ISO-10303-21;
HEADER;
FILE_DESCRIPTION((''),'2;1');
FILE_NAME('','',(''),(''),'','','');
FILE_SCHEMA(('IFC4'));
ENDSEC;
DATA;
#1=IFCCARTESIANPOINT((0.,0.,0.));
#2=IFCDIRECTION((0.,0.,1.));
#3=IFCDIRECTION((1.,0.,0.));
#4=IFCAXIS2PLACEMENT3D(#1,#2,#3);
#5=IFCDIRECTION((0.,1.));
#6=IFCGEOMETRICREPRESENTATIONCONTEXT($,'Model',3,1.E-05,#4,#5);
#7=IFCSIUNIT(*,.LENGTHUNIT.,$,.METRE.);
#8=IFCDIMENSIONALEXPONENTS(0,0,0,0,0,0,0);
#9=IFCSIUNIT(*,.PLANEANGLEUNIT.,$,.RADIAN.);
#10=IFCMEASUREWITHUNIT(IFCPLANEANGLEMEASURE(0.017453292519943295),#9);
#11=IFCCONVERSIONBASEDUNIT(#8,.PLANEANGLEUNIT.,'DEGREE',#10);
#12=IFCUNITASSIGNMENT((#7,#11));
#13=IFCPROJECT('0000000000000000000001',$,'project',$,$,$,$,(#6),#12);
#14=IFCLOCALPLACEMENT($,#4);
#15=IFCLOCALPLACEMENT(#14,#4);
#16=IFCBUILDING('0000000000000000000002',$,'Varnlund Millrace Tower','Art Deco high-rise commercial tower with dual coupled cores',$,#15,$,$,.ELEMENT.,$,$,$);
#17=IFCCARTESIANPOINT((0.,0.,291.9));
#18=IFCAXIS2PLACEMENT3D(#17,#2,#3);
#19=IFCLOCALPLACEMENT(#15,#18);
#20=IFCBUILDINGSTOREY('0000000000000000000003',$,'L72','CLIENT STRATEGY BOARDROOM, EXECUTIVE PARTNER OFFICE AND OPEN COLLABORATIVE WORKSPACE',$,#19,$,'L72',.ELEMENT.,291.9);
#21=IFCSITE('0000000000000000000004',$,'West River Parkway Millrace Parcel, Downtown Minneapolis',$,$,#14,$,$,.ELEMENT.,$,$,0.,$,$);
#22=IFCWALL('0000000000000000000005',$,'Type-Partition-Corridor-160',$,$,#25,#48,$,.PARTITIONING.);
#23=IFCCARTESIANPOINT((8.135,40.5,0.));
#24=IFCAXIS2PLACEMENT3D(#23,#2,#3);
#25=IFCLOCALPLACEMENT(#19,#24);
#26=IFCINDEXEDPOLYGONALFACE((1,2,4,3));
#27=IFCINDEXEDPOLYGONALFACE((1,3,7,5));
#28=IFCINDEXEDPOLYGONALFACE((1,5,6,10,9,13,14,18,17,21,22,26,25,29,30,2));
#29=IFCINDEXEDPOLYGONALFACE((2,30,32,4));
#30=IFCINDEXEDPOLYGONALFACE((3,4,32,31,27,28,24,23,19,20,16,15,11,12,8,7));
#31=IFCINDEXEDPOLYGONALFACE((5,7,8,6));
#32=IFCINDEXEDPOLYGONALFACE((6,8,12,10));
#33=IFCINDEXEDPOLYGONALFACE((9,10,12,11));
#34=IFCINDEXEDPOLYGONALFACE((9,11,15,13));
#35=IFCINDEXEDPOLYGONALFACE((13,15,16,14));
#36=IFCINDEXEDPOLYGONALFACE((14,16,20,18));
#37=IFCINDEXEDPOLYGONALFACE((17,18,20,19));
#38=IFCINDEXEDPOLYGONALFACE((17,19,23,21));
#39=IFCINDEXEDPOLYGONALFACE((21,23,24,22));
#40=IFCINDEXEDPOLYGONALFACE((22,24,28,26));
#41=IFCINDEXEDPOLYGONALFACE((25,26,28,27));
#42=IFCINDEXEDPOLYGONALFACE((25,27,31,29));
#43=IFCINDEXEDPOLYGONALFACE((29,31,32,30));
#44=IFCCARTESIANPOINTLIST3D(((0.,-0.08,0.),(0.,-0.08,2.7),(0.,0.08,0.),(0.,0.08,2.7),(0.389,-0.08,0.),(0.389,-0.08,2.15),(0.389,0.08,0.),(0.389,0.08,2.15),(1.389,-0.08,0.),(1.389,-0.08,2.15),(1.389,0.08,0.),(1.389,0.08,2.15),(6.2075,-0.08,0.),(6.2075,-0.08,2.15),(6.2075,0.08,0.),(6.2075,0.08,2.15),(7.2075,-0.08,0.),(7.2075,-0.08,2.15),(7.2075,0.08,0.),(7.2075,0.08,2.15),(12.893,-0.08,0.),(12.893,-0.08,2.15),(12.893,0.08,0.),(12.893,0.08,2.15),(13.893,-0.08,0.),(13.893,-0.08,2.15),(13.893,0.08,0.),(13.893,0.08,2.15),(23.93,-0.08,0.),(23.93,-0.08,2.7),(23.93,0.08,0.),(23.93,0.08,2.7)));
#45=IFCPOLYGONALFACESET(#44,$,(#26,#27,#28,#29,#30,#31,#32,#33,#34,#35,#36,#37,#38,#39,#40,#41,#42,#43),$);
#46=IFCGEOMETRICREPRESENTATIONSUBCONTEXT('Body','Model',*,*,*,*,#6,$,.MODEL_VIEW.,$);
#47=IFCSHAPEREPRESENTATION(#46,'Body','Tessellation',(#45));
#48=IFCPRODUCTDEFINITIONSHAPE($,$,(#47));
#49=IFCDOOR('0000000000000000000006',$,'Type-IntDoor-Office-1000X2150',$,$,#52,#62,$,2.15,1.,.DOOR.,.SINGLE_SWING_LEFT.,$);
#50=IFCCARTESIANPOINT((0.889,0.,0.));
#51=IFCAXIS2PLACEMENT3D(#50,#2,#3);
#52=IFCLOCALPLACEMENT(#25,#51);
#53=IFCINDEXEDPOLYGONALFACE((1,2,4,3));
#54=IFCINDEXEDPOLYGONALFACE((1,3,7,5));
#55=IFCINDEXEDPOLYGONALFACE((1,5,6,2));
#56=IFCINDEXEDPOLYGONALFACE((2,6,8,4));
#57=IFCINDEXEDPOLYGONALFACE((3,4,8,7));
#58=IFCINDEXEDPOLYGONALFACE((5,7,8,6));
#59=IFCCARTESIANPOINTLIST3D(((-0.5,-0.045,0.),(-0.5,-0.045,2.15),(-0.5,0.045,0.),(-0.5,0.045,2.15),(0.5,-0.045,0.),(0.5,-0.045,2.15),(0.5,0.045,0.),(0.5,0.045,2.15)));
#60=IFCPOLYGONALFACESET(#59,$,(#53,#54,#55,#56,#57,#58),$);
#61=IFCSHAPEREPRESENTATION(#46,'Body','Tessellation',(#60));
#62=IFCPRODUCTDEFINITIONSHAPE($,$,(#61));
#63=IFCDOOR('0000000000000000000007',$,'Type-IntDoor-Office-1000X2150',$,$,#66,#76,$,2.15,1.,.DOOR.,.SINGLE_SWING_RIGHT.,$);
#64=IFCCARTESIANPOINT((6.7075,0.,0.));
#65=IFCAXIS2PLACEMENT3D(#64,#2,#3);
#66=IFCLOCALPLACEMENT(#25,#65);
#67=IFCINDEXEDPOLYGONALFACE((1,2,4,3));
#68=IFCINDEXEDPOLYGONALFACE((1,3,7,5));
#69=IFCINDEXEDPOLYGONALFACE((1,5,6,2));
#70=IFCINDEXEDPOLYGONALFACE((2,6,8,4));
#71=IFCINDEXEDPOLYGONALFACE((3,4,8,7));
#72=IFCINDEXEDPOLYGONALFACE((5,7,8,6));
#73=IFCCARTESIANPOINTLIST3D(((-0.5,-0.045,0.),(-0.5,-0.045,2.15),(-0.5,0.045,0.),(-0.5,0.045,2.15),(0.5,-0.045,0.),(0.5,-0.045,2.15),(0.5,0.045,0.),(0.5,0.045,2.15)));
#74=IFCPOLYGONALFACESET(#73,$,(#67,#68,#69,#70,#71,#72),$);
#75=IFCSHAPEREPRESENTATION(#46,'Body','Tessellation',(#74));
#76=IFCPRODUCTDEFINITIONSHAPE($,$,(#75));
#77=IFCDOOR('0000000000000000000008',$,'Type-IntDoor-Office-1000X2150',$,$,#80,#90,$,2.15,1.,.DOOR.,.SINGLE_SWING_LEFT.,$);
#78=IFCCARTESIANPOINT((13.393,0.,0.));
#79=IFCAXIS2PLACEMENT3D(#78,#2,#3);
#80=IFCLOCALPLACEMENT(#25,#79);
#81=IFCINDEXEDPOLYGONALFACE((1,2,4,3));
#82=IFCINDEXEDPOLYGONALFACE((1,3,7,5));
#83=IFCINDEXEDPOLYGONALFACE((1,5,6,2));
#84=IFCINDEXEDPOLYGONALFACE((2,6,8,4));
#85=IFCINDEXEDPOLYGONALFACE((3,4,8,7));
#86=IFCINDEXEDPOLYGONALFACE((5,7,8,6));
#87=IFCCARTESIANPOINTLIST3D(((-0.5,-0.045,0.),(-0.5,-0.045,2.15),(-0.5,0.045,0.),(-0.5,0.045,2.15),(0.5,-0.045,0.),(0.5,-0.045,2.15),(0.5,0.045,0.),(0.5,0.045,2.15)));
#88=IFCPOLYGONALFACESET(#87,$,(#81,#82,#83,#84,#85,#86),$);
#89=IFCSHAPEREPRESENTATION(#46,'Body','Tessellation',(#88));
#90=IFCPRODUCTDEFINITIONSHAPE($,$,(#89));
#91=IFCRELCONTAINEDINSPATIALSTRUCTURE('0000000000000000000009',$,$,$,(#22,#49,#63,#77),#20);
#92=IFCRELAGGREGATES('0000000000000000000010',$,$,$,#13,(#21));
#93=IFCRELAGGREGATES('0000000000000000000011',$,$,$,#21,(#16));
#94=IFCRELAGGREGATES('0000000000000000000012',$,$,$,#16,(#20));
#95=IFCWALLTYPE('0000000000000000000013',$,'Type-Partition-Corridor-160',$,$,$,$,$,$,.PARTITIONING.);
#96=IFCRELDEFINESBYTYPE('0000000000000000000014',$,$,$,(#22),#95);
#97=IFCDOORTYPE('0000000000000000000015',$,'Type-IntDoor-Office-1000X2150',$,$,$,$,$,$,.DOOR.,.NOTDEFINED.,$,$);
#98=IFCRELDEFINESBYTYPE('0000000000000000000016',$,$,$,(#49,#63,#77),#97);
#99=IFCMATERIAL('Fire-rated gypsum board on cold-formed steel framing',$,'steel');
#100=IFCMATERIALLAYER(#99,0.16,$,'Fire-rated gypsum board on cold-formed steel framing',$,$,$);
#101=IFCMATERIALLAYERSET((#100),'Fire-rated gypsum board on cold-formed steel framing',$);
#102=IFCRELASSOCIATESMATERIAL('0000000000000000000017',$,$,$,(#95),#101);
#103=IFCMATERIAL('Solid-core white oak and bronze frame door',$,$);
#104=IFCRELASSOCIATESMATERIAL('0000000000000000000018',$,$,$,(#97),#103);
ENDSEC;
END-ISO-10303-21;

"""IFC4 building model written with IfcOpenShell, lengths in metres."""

from ifc_helpers import new_model, entity, si_unit, converted_unit, direction, frame, origin_with_axes, origin_2d_with_axis, place, context, subcontext, project, spatial, polyline, rectangle, outline, extrude, material, layer, layer_set, type_object, element, fill, save


model = new_model("IFC4")

# Units and contexts
model_context = context("Model", 3, precision=1e-05, world=origin_with_axes(), true_north=direction((0.0, 1.0)))
body_context = subcontext(model_context, "Body", "Model", "MODEL_VIEW")
ifc_project = project(units=[si_unit("LENGTHUNIT", "METRE"), converted_unit("PLANEANGLEUNIT", "DEGREE", entity("IfcPlaneAngleMeasure", 0.017453292519943295), si_unit("PLANEANGLEUNIT", "RADIAN"), dimensions=[0, 0, 0, 0, 0, 0, 0])], contexts=[model_context])

# Site, building, storey
site_placement = place(None, origin_with_axes())
site = spatial("IfcSite", under=ifc_project, at=site_placement, Name="West River Parkway Millrace Parcel, Downtown Minneapolis", CompositionType="ELEMENT", RefElevation=0.0)
building_placement = place(site_placement, origin_with_axes())
building = spatial("IfcBuilding", under=site, at=building_placement, Name="Varnlund Millrace Tower", Description="Art Deco high-rise commercial tower with dual coupled cores", CompositionType="ELEMENT")
storey_placement = place(building_placement, frame((0.0, 0.0, 291.9), z_axis=(0.0, 0.0, 1.0), x_axis=(1.0, 0.0, 0.0)))
storey = spatial("IfcBuildingStorey", under=building, at=storey_placement, Name="L72", Description="CLIENT STRATEGY BOARDROOM, EXECUTIVE PARTNER OFFICE AND OPEN COLLABORATIVE WORKSPACE", LongName="L72", CompositionType="ELEMENT", Elevation=291.9)

# Wall, openings, doors
ifc_material_1 = material(Name="Fire-rated gypsum board on cold-formed steel framing", Category="steel")
ifc_layer_1 = layer(ifc_material_1, 0.16, Name="Fire-rated gypsum board on cold-formed steel framing")
ifc_layer_set_1 = layer_set([ifc_layer_1], Name="Fire-rated gypsum board on cold-formed steel framing")
wall_type_1 = type_object("IfcWallType", Name="Type-Partition-Corridor-160", PredefinedType="PARTITIONING", material=ifc_layer_set_1)
wall_1_placement = place(storey_placement, frame((8.135, 40.5, 0.0), z_axis=(0.0, 0.0, 1.0), x_axis=(1.0, 0.0, 0.0)))
wall_1 = element("IfcWall", 1, at=wall_1_placement, inside=storey, type_object=wall_type_1, Name="Type-Partition-Corridor-160", PredefinedType="PARTITIONING", context=body_context, shape_type="SweptSolid", body=[
    extrude(outline(polyline([(0.0, -0.08), (23.93, -0.08), (23.93, 0.08), (0.0, 0.08), (0.0, -0.08)])), origin_with_axes(), (0.0, 0.0, 1.0), 2.7),
])
opening_1_placement = place(wall_1_placement, frame((0.889, 0.0, 0.0), z_axis=(0.0, 0.0, 1.0), x_axis=(1.0, 0.0, 0.0)))
opening_1 = element("IfcOpeningElement", 2, at=opening_1_placement, cuts=wall_1, PredefinedType="OPENING", context=body_context, shape_type="SweptSolid", body=[
    extrude(rectangle(XDim=1.0, YDim=0.18, at=origin_2d_with_axis()), origin_with_axes(), (0.0, 0.0, 1.0), 2.15),
])
opening_2_placement = place(wall_1_placement, frame((6.7075, 0.0, 0.0), z_axis=(0.0, 0.0, 1.0), x_axis=(1.0, 0.0, 0.0)))
opening_2 = element("IfcOpeningElement", 3, at=opening_2_placement, cuts=wall_1, PredefinedType="OPENING", context=body_context, shape_type="SweptSolid", body=[
    extrude(rectangle(XDim=1.0, YDim=0.18, at=origin_2d_with_axis()), origin_with_axes(), (0.0, 0.0, 1.0), 2.15),
])
opening_3_placement = place(wall_1_placement, frame((13.393, 0.0, 0.0), z_axis=(0.0, 0.0, 1.0), x_axis=(1.0, 0.0, 0.0)))
opening_3 = element("IfcOpeningElement", 4, at=opening_3_placement, cuts=wall_1, PredefinedType="OPENING", context=body_context, shape_type="SweptSolid", body=[
    extrude(rectangle(XDim=1.0, YDim=0.18, at=origin_2d_with_axis()), origin_with_axes(), (0.0, 0.0, 1.0), 2.15),
])
ifc_material_2 = material(Name="Solid-core white oak and bronze frame door")
door_type_1 = type_object("IfcDoorType", Name="Type-IntDoor-Office-1000X2150", OperationType="NOTDEFINED", PredefinedType="DOOR", material=ifc_material_2)
door_1_placement = place(wall_1_placement, frame((0.889, 0.0, 0.0), z_axis=(0.0, 0.0, 1.0), x_axis=(1.0, 0.0, 0.0)))
door_1 = element("IfcDoor", 5, at=door_1_placement, inside=storey, type_object=door_type_1, Name="Type-IntDoor-Office-1000X2150", OperationType="SINGLE_SWING_LEFT", OverallHeight=2.15, OverallWidth=1.0, PredefinedType="DOOR", context=body_context, shape_type="SweptSolid", body=[
    extrude(rectangle(XDim=1.0, YDim=0.09, at=origin_2d_with_axis()), origin_with_axes(), (0.0, 0.0, 1.0), 2.15),
])
fill(opening_1, door_1)
door_2_placement = place(wall_1_placement, frame((6.7075, 0.0, 0.0), z_axis=(0.0, 0.0, 1.0), x_axis=(1.0, 0.0, 0.0)))
door_2 = element("IfcDoor", 6, at=door_2_placement, inside=storey, type_object=door_type_1, Name="Type-IntDoor-Office-1000X2150", OperationType="SINGLE_SWING_RIGHT", OverallHeight=2.15, OverallWidth=1.0, PredefinedType="DOOR", context=body_context, shape_type="SweptSolid", body=[
    extrude(rectangle(XDim=1.0, YDim=0.09, at=origin_2d_with_axis()), origin_with_axes(), (0.0, 0.0, 1.0), 2.15),
])
fill(opening_2, door_2)
door_3_placement = place(wall_1_placement, frame((13.393, 0.0, 0.0), z_axis=(0.0, 0.0, 1.0), x_axis=(1.0, 0.0, 0.0)))
door_3 = element("IfcDoor", 7, at=door_3_placement, inside=storey, type_object=door_type_1, Name="Type-IntDoor-Office-1000X2150", OperationType="SINGLE_SWING_LEFT", OverallHeight=2.15, OverallWidth=1.0, PredefinedType="DOOR", context=body_context, shape_type="SweptSolid", body=[
    extrude(rectangle(XDim=1.0, YDim=0.09, at=origin_2d_with_axis()), origin_with_axes(), (0.0, 0.0, 1.0), 2.15),
])
fill(opening_3, door_3)

save(model, "model.ifc")
